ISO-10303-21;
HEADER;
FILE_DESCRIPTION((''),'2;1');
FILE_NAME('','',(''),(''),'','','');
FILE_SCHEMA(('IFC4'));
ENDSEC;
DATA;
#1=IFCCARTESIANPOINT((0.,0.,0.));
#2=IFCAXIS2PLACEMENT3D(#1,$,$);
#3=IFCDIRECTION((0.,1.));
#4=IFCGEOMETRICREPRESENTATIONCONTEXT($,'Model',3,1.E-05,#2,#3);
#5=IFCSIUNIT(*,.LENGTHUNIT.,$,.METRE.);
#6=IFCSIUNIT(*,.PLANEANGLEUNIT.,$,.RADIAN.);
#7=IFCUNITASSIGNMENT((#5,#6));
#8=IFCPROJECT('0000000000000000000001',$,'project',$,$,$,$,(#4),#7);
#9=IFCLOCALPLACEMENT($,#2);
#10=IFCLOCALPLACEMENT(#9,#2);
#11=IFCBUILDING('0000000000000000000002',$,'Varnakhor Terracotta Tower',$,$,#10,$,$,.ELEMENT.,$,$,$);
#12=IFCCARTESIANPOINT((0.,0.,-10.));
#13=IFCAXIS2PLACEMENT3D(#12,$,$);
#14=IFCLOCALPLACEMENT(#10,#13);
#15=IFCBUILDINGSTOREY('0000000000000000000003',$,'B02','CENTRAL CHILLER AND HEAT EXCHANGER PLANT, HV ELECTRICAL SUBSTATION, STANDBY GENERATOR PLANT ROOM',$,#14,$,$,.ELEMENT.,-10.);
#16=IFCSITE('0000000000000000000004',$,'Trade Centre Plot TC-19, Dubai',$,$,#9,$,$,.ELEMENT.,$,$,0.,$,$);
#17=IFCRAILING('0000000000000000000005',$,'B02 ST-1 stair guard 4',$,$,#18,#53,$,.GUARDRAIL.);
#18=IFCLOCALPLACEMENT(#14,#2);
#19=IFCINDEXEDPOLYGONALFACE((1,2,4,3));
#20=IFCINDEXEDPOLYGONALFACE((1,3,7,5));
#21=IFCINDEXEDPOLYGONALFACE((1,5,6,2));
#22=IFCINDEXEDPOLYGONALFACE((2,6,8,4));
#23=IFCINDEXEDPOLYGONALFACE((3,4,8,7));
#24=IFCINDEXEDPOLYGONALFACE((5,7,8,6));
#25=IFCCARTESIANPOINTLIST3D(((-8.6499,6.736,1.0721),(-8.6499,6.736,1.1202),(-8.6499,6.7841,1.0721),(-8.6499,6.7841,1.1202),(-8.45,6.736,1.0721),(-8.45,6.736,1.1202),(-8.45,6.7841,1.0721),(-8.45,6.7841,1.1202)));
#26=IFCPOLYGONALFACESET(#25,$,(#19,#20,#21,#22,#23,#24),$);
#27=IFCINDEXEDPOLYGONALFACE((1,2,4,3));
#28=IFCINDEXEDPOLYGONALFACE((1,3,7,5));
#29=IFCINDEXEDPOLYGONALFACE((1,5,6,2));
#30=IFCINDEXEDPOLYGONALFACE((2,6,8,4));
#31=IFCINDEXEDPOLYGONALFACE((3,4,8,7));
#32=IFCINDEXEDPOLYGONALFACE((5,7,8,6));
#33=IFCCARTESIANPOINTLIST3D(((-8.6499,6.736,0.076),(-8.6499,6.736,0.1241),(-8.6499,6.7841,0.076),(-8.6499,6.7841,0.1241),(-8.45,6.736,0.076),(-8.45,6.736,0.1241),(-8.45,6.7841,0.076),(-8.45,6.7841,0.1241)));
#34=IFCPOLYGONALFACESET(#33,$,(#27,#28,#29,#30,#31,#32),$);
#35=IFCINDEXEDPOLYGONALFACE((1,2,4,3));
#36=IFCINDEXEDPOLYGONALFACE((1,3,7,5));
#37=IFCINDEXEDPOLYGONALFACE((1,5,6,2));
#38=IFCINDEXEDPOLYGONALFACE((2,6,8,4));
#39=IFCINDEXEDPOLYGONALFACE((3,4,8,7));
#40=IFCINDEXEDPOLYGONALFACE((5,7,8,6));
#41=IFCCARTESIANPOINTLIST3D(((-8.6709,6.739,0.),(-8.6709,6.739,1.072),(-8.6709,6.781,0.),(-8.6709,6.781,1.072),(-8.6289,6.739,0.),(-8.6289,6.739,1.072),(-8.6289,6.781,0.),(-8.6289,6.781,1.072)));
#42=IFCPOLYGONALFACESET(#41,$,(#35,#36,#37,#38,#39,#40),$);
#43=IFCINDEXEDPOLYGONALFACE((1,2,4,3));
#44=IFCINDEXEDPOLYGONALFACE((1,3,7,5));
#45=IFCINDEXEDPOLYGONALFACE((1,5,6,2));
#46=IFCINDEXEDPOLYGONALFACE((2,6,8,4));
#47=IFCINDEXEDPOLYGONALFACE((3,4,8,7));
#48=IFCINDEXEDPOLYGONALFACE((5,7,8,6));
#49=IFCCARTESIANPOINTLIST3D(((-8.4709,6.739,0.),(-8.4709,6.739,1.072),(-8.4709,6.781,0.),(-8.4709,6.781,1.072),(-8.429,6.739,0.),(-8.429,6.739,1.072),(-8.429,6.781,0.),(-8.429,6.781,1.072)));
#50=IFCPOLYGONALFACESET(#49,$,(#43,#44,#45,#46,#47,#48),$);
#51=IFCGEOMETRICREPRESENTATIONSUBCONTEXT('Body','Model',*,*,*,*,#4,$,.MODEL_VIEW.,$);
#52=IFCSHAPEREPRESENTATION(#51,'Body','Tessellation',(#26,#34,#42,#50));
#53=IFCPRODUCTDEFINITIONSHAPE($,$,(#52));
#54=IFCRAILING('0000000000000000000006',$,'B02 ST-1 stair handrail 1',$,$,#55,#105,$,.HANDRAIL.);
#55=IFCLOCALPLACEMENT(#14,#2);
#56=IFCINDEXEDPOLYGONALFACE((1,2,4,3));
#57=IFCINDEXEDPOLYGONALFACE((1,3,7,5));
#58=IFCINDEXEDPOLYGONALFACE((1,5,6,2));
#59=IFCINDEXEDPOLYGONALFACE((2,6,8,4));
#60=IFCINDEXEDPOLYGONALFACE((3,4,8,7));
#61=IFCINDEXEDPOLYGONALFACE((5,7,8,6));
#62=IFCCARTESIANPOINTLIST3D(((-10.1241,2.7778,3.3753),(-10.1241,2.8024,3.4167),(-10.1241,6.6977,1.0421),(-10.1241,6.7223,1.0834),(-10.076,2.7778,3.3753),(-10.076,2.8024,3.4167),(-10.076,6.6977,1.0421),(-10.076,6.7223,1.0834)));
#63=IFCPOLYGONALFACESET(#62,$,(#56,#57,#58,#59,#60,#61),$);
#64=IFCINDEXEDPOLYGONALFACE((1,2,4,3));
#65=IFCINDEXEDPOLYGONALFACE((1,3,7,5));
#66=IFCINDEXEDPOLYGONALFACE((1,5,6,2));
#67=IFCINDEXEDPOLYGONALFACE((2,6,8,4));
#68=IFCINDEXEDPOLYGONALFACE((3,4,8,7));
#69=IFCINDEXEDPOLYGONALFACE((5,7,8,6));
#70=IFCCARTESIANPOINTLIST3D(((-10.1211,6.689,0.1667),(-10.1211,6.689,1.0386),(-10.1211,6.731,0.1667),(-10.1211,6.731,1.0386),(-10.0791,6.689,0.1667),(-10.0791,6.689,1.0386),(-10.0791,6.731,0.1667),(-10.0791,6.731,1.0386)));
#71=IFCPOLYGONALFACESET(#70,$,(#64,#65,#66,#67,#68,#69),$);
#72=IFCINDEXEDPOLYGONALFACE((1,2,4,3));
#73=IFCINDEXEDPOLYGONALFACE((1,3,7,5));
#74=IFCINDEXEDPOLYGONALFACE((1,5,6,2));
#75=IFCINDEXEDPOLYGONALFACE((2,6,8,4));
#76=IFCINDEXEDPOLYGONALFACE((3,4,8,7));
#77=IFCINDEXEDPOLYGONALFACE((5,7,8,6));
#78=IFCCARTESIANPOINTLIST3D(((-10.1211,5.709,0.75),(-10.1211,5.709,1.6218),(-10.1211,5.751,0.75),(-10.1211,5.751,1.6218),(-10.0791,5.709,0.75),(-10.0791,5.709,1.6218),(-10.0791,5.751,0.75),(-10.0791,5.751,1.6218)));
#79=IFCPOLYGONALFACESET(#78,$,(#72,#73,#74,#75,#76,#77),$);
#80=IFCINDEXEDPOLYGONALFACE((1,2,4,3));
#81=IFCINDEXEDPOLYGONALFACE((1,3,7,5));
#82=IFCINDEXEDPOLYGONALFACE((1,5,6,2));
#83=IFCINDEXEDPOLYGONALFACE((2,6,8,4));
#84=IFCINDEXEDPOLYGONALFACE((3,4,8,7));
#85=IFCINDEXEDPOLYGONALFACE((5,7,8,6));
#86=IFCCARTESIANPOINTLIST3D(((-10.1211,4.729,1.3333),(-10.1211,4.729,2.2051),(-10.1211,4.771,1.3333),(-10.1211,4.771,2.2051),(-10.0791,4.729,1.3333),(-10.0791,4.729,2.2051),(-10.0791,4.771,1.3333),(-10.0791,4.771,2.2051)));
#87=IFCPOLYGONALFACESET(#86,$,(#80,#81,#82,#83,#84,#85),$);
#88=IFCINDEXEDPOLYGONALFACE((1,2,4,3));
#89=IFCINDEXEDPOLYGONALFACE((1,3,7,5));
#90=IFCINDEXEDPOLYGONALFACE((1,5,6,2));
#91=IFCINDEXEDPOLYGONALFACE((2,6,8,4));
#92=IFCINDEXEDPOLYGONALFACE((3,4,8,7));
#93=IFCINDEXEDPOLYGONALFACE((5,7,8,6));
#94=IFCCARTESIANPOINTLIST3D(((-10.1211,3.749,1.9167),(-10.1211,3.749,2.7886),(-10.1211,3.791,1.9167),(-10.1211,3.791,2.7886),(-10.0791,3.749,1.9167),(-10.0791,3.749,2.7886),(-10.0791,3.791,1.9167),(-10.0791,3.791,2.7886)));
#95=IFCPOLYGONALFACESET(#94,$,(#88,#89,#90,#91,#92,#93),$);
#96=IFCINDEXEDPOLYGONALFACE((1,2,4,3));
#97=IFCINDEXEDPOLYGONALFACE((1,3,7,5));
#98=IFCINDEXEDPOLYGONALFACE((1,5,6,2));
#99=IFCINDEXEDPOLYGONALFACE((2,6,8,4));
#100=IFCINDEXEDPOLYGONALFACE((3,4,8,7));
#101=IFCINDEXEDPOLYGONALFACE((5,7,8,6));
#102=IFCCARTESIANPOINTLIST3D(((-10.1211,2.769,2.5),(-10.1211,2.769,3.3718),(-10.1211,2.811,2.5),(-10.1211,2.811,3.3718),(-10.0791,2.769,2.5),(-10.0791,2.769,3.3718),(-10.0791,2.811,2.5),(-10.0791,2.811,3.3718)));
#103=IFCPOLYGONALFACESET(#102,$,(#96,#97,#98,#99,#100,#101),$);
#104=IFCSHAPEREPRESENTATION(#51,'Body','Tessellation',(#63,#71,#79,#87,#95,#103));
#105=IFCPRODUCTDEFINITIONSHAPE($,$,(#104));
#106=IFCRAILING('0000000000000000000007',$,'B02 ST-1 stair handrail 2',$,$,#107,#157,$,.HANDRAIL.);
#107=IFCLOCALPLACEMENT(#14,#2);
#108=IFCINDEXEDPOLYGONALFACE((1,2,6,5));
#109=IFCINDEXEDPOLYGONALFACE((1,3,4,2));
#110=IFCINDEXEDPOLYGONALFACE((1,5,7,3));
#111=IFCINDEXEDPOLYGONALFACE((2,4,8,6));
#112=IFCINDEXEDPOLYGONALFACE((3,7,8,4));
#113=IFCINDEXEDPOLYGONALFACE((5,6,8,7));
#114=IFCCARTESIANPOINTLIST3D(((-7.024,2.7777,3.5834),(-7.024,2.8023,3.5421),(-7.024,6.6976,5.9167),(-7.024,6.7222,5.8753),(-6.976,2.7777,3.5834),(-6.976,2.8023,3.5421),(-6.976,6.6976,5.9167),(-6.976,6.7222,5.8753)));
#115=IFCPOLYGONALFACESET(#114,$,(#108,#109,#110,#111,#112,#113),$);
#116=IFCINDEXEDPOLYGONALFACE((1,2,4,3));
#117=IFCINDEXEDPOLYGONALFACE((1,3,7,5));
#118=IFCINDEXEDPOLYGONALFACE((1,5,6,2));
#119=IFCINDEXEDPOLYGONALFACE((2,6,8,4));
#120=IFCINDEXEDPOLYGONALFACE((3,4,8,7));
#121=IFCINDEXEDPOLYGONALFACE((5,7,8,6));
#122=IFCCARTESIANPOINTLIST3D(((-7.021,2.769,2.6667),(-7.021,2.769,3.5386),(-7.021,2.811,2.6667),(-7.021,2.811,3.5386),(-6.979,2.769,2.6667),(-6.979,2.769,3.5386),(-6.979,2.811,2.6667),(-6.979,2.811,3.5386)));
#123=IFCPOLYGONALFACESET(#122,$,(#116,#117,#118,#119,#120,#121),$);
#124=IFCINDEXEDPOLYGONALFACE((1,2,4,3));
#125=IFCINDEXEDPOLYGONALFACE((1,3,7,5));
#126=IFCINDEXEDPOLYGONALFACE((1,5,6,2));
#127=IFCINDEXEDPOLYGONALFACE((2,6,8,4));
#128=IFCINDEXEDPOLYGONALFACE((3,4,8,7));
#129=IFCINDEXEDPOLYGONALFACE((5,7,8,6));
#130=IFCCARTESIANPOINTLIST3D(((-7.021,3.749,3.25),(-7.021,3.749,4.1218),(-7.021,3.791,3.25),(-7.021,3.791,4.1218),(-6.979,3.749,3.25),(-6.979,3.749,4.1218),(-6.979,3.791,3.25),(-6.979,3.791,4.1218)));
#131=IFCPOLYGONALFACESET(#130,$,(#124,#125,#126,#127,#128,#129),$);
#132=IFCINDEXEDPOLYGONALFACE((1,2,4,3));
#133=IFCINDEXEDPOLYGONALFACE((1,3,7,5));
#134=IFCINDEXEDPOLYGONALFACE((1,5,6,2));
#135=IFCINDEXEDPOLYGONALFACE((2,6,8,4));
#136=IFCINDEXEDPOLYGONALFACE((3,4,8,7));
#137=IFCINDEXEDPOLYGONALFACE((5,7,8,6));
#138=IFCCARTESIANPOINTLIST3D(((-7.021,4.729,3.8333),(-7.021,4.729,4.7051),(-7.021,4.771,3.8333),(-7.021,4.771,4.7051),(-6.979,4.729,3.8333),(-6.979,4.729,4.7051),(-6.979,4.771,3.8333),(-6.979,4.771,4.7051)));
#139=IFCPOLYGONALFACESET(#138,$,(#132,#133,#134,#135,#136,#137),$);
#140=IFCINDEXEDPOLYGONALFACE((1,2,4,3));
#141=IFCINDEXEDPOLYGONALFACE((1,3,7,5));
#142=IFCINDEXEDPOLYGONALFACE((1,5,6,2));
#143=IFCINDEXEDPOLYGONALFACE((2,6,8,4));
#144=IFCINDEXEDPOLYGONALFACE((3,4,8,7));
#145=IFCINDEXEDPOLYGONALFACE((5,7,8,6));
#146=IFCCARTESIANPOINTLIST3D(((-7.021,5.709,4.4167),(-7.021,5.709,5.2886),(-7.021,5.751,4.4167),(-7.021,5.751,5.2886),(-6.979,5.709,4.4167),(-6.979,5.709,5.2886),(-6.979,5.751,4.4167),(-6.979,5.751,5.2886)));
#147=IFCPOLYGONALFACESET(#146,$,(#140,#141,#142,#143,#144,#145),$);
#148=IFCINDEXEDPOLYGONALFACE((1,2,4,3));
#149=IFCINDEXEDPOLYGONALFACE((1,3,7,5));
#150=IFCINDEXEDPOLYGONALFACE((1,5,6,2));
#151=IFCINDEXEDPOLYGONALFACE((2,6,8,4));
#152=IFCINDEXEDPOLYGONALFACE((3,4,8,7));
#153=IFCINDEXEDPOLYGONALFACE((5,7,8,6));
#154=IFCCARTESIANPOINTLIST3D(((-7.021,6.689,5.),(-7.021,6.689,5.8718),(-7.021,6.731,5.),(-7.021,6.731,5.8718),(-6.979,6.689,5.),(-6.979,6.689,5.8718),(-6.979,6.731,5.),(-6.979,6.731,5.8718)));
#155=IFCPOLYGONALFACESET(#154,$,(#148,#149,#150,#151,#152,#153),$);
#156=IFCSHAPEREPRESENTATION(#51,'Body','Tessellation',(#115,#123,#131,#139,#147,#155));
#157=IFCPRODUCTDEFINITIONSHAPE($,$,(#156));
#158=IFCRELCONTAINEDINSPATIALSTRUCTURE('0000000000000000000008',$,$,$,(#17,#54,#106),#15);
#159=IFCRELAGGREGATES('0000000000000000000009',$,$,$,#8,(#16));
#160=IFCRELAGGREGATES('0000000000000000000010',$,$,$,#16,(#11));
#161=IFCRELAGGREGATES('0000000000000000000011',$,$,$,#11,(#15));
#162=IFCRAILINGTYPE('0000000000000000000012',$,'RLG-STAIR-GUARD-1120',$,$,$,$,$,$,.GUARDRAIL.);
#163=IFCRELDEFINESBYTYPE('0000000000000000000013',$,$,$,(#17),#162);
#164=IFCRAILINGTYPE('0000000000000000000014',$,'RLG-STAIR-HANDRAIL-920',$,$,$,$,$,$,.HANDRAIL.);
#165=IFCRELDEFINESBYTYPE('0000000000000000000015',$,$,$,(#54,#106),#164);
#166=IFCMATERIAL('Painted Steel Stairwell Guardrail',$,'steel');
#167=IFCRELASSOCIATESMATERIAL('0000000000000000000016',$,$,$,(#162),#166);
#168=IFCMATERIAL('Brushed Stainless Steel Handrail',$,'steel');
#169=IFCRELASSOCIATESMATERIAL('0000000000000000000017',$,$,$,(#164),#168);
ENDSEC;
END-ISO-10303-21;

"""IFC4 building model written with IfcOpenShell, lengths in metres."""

from ifc_helpers import new_model, si_unit, direction, frame, origin, origin_2d, place, context, subcontext, project, spatial, rectangle, extrude, material, type_object, element, save


model = new_model("IFC4")

# Units and contexts
model_context = context("Model", 3, precision=1e-05, world=origin(), true_north=direction((0.0, 1.0)))
body_context = subcontext(model_context, "Body", "Model", "MODEL_VIEW")
ifc_project = project(units=[si_unit("LENGTHUNIT", "METRE"), si_unit("PLANEANGLEUNIT", "RADIAN")], contexts=[model_context])

# Site, building, storey
site_placement = place(None, origin())
site = spatial("IfcSite", under=ifc_project, at=site_placement, Name="Trade Centre Plot TC-19, Dubai", CompositionType="ELEMENT", RefElevation=0.0)
building_placement = place(site_placement, origin())
building = spatial("IfcBuilding", under=site, at=building_placement, Name="Varnakhor Terracotta Tower", CompositionType="ELEMENT")
storey_placement = place(building_placement, frame((0.0, 0.0, -10.0)))
storey = spatial("IfcBuildingStorey", under=building, at=storey_placement, Name="B02", Description="CENTRAL CHILLER AND HEAT EXCHANGER PLANT, HV ELECTRICAL SUBSTATION, STANDBY GENERATOR PLANT ROOM", CompositionType="ELEMENT", Elevation=-10.0)

# Railings
ifc_material_1 = material(Name="Painted Steel Stairwell Guardrail", Category="steel")
railing_type_1 = type_object("IfcRailingType", Name="RLG-STAIR-GUARD-1120", PredefinedType="GUARDRAIL", material=ifc_material_1)
railing_1_placement = place(storey_placement, frame((-8.6499, 6.76, 0.0)))
element("IfcRailing", 1, at=railing_1_placement, inside=storey, type_object=railing_type_1, Name="B02 ST-1 stair guard 4", PredefinedType="GUARDRAIL", context=body_context, shape_type="SweptSolid", body=[
    extrude(rectangle(XDim=0.0481, YDim=0.0481, at=origin_2d()), frame((0.0, 0.0, 1.0962), z_axis=(1.0, 0.0, 0.0), x_axis=(0.0, 1.0, 0.0)), (0.0, 0.0, 1.0), 0.2),
    extrude(rectangle(XDim=0.0481, YDim=0.0481, at=origin_2d()), frame((0.0, 0.0, 0.1001), z_axis=(1.0, 0.0, 0.0), x_axis=(0.0, 1.0, 0.0)), (0.0, 0.0, 1.0), 0.2),
    extrude(rectangle(XDim=0.042, YDim=0.042, at=origin_2d()), origin(), (0.0, 0.0, 1.0), 1.072),
    extrude(rectangle(XDim=0.042, YDim=0.042, at=origin_2d()), frame((0.2, 0.0, 0.0)), (0.0, 0.0, 1.0), 1.072),
])
ifc_material_2 = material(Name="Brushed Stainless Steel Handrail", Category="steel")
railing_type_2 = type_object("IfcRailingType", Name="RLG-STAIR-HANDRAIL-920", PredefinedType="HANDRAIL", material=ifc_material_2)
railing_2_placement = place(storey_placement, frame((-10.1001, 6.71, 0.1667)))
element("IfcRailing", 2, at=railing_2_placement, inside=storey, type_object=railing_type_2, Name="B02 ST-1 stair handrail 1", PredefinedType="HANDRAIL", context=body_context, shape_type="SweptSolid", body=[
    extrude(rectangle(XDim=0.0481, YDim=0.0481, at=origin_2d()), frame((0.0, 0.0, 0.896), z_axis=(0.0, -0.859296, 0.511478), x_axis=(1.0, 0.0, 0.0)), (0.0, 0.0, 1.0), 4.5618),
    extrude(rectangle(XDim=0.042, YDim=0.042, at=origin_2d()), origin(), (0.0, 0.0, 1.0), 0.8718),
    extrude(rectangle(XDim=0.042, YDim=0.042, at=origin_2d()), frame((0.0, -0.98, 0.5833)), (0.0, 0.0, 1.0), 0.8718),
    extrude(rectangle(XDim=0.042, YDim=0.042, at=origin_2d()), frame((0.0, -1.96, 1.1665)), (0.0, 0.0, 1.0), 0.8718),
    extrude(rectangle(XDim=0.042, YDim=0.042, at=origin_2d()), frame((0.0, -2.9399, 1.75)), (0.0, 0.0, 1.0), 0.8718),
    extrude(rectangle(XDim=0.042, YDim=0.042, at=origin_2d()), frame((0.0, -3.9199, 2.3333)), (0.0, 0.0, 1.0), 0.8718),
])
railing_3_placement = place(storey_placement, frame((-7.0, 2.79, 2.6667)))
element("IfcRailing", 3, at=railing_3_placement, inside=storey, type_object=railing_type_2, Name="B02 ST-1 stair handrail 2", PredefinedType="HANDRAIL", context=body_context, shape_type="SweptSolid", body=[
    extrude(rectangle(XDim=0.0481, YDim=0.0481, at=origin_2d()), frame((0.0, 0.0, 0.896), z_axis=(0.0, 0.859296, 0.511478), x_axis=(-1.0, 0.0, 0.0)), (0.0, 0.0, 1.0), 4.5618),
    extrude(rectangle(XDim=0.042, YDim=0.042, at=origin_2d()), origin(), (0.0, 0.0, 1.0), 0.8718),
    extrude(rectangle(XDim=0.042, YDim=0.042, at=origin_2d()), frame((0.0, 0.98, 0.5833)), (0.0, 0.0, 1.0), 0.8718),
    extrude(rectangle(XDim=0.042, YDim=0.042, at=origin_2d()), frame((0.0, 1.96, 1.1665)), (0.0, 0.0, 1.0), 0.8718),
    extrude(rectangle(XDim=0.042, YDim=0.042, at=origin_2d()), frame((0.0, 2.9399, 1.75)), (0.0, 0.0, 1.0), 0.8718),
    extrude(rectangle(XDim=0.042, YDim=0.042, at=origin_2d()), frame((0.0, 3.9199, 2.3333)), (0.0, 0.0, 1.0), 0.8718),
])

save(model, "model.ifc")
